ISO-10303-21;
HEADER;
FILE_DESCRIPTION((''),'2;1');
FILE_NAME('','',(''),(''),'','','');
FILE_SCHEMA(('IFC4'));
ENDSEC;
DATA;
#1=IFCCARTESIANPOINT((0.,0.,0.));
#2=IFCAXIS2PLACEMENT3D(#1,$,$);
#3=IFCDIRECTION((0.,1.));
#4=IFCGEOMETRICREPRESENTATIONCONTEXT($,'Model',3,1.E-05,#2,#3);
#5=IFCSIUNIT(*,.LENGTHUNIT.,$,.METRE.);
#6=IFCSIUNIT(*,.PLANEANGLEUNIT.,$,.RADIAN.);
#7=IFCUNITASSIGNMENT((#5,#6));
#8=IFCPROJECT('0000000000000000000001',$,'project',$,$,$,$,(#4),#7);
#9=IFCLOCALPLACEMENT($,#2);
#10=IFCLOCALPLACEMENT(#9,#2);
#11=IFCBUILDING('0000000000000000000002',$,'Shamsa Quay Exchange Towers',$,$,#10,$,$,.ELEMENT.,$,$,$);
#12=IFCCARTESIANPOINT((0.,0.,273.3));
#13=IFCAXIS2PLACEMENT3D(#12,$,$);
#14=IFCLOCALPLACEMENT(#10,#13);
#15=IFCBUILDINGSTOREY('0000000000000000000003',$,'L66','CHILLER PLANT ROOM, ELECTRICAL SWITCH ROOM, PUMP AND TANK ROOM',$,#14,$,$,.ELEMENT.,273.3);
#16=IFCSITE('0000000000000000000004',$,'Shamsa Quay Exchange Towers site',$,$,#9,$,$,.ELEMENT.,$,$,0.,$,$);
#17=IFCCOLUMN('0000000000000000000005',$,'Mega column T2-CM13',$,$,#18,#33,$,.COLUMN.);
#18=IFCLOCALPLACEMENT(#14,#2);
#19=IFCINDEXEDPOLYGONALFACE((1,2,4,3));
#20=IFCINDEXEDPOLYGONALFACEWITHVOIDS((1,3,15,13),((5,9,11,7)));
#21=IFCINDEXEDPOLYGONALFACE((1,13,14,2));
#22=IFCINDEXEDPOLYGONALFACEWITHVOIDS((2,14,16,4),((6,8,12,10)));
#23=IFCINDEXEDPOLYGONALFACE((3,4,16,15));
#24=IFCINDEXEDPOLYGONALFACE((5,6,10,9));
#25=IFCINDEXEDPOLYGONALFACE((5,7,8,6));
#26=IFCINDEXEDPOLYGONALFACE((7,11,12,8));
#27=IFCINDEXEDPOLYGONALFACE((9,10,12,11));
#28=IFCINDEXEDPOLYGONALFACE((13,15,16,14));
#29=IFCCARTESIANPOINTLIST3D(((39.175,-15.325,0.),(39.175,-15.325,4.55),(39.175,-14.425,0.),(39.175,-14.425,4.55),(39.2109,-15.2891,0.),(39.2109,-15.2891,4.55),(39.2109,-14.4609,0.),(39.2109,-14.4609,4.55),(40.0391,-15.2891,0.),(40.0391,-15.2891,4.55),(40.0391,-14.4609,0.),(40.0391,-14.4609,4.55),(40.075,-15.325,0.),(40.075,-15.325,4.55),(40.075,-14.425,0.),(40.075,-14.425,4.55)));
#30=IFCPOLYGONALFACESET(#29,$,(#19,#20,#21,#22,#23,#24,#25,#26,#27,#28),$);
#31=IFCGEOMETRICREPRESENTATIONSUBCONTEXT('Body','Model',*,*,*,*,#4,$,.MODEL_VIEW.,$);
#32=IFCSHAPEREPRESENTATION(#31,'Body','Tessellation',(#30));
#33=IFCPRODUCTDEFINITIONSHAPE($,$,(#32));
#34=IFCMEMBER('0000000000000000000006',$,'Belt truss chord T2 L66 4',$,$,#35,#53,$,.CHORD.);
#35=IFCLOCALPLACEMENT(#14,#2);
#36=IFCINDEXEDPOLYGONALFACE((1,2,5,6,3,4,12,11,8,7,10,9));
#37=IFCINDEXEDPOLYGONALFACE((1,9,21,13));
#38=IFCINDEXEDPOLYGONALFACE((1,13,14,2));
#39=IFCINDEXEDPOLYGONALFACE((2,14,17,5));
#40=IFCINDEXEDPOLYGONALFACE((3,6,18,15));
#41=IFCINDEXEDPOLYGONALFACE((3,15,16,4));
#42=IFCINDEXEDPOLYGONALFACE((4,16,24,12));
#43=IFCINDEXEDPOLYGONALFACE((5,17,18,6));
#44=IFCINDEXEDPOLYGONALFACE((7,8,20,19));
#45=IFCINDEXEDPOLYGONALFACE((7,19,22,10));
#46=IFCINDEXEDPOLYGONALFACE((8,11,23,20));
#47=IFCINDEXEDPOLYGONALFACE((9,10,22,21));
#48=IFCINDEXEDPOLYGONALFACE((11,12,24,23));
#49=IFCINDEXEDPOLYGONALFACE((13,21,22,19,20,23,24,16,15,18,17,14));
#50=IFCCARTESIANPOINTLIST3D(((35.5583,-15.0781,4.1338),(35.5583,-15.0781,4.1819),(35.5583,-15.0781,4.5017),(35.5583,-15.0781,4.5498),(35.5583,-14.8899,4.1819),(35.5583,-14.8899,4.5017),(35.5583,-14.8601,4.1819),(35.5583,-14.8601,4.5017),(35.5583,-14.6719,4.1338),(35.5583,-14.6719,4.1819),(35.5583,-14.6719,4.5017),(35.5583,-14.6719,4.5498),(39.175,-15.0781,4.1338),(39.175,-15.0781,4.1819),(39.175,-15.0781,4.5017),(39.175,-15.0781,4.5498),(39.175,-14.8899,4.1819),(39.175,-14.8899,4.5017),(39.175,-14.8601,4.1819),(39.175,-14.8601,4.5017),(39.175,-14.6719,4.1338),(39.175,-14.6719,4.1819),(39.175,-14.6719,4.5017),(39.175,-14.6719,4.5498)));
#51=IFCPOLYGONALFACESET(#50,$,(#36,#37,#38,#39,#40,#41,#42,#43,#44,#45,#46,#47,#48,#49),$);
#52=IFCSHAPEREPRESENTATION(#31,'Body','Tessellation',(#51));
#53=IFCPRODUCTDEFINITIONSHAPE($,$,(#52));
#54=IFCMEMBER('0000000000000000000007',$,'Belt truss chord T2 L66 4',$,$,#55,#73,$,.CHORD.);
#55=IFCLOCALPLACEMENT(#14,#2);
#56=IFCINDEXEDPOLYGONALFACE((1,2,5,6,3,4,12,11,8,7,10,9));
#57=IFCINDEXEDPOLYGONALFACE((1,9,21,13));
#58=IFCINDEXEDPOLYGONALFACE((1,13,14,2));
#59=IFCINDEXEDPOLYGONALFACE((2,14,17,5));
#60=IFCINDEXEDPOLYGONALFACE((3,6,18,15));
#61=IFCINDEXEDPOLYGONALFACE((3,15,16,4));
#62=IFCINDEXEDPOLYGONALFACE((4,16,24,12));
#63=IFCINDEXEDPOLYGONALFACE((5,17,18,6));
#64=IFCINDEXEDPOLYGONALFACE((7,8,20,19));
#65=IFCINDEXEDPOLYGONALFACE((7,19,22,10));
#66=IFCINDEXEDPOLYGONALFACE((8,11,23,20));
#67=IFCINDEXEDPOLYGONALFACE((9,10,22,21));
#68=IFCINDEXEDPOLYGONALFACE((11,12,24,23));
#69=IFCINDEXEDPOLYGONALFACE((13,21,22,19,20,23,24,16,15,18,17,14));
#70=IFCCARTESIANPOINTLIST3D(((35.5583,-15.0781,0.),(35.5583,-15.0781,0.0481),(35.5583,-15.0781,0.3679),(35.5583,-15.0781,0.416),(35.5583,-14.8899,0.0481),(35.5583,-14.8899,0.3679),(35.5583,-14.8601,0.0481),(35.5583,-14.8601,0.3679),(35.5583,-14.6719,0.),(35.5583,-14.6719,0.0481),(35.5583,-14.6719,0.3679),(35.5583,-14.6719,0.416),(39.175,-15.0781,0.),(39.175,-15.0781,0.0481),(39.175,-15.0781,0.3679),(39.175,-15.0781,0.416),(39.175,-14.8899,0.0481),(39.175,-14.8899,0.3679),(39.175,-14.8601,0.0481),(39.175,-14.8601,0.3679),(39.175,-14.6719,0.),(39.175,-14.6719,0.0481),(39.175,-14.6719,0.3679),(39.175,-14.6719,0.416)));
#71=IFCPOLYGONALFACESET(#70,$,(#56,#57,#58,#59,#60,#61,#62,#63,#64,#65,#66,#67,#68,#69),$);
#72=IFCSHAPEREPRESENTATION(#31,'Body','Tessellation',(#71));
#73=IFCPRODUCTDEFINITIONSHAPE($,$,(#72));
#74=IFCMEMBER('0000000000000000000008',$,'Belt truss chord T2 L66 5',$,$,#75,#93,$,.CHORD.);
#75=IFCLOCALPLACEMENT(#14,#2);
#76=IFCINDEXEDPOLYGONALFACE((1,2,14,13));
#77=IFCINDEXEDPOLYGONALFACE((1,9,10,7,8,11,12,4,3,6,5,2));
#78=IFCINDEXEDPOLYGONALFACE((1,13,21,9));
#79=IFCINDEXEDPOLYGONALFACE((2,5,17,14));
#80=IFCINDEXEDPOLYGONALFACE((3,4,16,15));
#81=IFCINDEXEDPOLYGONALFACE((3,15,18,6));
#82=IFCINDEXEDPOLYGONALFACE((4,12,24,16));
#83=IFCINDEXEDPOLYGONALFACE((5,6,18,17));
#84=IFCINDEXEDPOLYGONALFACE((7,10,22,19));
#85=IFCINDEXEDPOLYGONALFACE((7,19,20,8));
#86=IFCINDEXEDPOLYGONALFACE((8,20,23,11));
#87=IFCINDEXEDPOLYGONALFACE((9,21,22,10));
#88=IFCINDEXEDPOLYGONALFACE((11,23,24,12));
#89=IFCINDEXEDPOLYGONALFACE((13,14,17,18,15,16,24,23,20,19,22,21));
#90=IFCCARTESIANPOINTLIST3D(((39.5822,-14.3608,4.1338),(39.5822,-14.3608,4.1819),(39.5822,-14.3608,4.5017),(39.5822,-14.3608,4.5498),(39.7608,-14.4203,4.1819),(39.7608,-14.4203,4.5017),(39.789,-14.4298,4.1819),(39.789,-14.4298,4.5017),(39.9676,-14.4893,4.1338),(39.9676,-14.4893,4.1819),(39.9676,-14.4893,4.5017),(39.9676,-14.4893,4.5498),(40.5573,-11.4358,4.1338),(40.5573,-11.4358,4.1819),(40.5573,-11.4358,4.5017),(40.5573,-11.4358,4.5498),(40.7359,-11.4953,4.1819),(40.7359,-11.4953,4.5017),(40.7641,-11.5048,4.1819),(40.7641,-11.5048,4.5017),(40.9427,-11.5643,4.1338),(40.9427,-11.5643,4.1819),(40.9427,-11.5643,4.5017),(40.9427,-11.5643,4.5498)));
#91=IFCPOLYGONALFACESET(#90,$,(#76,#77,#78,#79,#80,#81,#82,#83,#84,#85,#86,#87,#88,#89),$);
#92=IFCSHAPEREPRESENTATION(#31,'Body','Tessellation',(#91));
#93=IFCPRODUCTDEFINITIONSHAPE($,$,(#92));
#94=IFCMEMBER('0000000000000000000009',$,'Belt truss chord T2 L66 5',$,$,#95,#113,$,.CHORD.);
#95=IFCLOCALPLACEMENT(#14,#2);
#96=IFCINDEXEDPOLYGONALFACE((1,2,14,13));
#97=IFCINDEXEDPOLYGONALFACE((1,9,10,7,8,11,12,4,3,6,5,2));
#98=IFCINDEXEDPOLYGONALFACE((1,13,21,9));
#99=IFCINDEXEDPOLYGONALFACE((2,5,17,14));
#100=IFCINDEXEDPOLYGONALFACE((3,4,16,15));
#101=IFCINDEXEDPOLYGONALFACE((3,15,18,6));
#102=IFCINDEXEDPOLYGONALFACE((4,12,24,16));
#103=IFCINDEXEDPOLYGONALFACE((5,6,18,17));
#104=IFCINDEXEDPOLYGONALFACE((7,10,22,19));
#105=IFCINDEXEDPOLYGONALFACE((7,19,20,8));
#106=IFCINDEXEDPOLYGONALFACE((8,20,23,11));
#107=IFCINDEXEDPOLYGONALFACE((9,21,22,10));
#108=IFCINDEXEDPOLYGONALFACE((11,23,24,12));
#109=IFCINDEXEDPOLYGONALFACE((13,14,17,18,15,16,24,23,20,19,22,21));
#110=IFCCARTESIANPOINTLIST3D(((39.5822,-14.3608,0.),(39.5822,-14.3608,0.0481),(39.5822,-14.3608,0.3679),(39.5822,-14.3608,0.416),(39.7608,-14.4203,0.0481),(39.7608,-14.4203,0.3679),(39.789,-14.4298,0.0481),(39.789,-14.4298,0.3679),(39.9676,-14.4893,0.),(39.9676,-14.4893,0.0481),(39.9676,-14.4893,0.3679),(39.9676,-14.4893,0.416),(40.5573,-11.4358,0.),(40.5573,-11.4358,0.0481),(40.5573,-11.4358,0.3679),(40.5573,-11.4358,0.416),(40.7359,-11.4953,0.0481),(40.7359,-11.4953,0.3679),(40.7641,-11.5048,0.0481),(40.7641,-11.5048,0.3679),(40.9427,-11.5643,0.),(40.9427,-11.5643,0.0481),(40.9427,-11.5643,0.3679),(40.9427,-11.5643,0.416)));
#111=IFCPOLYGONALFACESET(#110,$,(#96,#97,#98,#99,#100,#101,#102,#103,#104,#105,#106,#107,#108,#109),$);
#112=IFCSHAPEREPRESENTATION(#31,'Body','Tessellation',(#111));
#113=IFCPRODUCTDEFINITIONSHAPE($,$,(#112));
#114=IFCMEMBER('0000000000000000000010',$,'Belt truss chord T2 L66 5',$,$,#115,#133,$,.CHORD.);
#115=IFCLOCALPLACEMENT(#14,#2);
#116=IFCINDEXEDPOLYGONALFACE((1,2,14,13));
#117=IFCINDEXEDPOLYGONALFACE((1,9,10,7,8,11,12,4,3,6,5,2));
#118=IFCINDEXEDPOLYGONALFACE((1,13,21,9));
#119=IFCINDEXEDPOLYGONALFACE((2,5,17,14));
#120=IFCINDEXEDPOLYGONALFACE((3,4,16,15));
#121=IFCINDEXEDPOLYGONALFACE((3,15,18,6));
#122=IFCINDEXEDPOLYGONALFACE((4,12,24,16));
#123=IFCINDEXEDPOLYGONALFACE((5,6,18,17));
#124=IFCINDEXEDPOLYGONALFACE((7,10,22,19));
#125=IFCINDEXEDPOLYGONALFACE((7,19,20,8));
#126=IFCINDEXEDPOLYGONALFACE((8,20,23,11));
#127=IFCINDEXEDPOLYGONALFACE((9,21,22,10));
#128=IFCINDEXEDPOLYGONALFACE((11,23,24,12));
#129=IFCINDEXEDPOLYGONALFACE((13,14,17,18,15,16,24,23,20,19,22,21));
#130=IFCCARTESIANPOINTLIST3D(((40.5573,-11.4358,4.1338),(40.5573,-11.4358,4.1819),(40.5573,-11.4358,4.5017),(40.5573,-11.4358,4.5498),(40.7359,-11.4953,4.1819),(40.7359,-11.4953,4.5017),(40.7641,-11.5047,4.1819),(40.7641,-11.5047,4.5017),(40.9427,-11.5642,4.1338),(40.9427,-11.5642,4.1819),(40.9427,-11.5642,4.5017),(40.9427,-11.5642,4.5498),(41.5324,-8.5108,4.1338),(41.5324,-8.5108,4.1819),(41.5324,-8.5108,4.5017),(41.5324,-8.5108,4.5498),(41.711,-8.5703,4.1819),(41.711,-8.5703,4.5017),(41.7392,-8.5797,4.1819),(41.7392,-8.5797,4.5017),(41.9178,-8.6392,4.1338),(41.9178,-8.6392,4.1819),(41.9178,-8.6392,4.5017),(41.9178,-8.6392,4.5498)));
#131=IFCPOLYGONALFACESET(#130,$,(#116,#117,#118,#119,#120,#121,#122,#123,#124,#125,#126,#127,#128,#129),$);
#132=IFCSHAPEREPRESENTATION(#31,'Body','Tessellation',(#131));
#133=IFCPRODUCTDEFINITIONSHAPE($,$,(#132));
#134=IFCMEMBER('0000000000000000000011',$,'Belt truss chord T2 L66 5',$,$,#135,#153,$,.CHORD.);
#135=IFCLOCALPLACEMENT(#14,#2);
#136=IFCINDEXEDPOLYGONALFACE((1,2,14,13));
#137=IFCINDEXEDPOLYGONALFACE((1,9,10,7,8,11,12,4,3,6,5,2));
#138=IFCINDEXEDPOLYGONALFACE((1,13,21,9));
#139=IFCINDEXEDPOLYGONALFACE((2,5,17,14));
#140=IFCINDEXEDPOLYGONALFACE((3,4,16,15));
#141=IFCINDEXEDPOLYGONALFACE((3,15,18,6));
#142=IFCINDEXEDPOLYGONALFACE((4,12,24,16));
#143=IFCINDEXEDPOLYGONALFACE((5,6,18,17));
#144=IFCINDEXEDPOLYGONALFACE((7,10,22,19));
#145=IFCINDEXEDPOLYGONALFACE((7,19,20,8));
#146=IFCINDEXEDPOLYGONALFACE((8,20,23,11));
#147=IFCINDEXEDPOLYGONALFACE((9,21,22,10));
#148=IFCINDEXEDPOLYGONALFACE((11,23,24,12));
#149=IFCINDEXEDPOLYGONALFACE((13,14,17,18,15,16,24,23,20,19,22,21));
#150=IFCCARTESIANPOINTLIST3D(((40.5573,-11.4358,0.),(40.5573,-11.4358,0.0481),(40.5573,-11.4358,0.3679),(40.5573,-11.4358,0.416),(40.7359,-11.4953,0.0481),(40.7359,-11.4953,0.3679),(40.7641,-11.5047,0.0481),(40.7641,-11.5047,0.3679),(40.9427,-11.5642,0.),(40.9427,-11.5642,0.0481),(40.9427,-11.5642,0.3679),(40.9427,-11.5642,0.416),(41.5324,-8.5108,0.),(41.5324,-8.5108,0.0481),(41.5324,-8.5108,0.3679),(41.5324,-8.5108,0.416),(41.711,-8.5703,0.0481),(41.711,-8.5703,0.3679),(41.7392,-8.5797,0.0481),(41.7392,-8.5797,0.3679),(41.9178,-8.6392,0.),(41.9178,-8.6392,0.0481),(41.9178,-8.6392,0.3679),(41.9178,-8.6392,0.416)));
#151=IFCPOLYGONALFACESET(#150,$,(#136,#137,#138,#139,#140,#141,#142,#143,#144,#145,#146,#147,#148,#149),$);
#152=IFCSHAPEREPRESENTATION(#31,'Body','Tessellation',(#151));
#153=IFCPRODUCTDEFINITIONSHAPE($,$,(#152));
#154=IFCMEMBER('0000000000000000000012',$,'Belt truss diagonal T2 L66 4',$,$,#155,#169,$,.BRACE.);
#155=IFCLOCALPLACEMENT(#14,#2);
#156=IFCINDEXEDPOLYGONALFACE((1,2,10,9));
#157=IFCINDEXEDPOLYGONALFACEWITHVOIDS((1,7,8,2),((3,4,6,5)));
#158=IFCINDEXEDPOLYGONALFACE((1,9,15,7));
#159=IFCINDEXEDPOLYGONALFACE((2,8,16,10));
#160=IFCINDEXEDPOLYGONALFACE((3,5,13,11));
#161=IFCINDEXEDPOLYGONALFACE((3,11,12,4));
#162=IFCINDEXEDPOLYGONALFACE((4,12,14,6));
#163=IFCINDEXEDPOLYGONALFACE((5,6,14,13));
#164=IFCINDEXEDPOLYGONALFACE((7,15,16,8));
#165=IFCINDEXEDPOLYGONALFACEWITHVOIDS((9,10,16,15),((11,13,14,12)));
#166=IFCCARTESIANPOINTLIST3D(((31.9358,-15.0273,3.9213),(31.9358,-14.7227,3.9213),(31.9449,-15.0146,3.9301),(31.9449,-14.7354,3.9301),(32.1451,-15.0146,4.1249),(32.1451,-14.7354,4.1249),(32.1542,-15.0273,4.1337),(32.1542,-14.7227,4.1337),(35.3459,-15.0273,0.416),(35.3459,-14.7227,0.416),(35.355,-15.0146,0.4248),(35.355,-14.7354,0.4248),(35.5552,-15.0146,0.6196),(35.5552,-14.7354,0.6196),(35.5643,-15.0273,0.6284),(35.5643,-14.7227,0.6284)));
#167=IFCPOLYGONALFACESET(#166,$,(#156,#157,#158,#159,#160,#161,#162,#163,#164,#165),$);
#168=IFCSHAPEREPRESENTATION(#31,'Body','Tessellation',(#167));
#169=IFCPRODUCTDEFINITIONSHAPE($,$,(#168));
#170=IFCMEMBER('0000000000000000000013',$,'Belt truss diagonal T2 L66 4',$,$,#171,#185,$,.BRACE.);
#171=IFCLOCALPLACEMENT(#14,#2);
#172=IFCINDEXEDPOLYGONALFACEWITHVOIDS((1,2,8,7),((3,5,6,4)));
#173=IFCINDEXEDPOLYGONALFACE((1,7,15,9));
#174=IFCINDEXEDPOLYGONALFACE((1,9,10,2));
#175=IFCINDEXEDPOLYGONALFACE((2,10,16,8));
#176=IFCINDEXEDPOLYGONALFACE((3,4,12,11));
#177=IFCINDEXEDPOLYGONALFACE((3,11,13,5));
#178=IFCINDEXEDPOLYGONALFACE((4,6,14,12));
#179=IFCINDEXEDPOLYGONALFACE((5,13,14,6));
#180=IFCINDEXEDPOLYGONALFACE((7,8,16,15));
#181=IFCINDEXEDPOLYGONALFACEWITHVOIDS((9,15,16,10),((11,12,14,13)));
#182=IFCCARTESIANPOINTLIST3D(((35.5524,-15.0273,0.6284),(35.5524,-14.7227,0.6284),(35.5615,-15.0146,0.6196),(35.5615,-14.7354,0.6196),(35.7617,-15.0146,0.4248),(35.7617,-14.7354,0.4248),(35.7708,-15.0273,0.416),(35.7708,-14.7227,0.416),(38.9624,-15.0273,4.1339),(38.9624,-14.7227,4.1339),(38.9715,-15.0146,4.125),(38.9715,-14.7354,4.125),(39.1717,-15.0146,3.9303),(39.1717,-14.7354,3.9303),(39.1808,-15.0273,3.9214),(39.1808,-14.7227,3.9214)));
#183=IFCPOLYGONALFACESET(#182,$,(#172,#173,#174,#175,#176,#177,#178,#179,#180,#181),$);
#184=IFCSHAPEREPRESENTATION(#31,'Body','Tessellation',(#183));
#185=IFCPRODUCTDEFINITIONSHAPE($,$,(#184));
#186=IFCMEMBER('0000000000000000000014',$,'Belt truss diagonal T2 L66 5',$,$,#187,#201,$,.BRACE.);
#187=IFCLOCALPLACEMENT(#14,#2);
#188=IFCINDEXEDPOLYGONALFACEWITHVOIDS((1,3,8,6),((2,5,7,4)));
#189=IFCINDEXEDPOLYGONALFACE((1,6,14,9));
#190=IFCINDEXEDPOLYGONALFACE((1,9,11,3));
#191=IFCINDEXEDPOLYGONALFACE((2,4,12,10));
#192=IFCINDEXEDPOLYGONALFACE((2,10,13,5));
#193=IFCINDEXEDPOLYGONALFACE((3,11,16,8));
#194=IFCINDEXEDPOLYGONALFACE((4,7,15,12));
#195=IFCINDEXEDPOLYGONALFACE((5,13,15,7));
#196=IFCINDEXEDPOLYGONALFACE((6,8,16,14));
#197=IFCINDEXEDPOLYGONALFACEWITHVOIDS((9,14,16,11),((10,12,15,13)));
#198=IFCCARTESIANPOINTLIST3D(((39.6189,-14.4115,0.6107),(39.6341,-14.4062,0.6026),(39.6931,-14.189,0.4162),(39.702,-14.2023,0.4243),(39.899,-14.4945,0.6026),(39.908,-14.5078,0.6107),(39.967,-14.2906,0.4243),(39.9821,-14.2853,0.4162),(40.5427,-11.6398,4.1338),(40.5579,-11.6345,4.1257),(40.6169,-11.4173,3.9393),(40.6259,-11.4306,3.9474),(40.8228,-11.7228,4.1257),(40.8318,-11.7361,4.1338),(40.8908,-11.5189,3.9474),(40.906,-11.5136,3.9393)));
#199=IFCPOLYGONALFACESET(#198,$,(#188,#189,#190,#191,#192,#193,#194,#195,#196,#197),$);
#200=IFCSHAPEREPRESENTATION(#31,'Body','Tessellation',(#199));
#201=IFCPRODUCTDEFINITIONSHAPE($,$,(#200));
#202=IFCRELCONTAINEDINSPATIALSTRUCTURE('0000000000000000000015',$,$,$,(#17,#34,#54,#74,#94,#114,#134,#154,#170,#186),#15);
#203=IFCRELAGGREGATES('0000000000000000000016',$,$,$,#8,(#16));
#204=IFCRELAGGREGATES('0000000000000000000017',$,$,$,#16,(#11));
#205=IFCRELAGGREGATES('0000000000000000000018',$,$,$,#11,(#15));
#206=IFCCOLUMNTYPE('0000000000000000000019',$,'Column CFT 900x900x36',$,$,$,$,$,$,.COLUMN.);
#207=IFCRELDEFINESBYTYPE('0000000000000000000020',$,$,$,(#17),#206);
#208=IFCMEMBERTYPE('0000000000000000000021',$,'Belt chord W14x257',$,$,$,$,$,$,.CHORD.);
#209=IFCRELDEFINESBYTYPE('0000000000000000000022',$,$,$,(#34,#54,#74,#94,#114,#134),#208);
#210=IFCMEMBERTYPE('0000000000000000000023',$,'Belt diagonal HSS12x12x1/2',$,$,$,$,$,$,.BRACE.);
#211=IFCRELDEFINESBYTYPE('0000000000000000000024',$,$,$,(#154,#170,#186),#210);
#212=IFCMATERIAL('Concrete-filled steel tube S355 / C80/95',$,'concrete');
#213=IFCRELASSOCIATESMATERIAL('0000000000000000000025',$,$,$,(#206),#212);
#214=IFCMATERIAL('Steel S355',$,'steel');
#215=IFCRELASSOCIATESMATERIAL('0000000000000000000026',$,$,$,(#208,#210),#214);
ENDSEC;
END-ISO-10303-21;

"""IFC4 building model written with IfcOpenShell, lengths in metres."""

from ifc_helpers import new_model, si_unit, direction, frame, origin, origin_2d, place, context, subcontext, project, spatial, hollow_rectangle, i_section, extrude, material, material_profile, profile_set, type_object, element, save


model = new_model("IFC4")

# Units and contexts
model_context = context("Model", 3, precision=1e-05, world=origin(), true_north=direction((0.0, 1.0)))
body_context = subcontext(model_context, "Body", "Model", "MODEL_VIEW")
ifc_project = project(units=[si_unit("LENGTHUNIT", "METRE"), si_unit("PLANEANGLEUNIT", "RADIAN")], contexts=[model_context])

# Site, building, storey
site_placement = place(None, origin())
site = spatial("IfcSite", under=ifc_project, at=site_placement, Name="Shamsa Quay Exchange Towers site", CompositionType="ELEMENT", RefElevation=0.0)
building_placement = place(site_placement, origin())
building = spatial("IfcBuilding", under=site, at=building_placement, Name="Shamsa Quay Exchange Towers", CompositionType="ELEMENT")
storey_placement = place(building_placement, frame((0.0, 0.0, 273.3)))
storey = spatial("IfcBuildingStorey", under=building, at=storey_placement, Name="L66", Description="CHILLER PLANT ROOM, ELECTRICAL SWITCH ROOM, PUMP AND TANK ROOM", CompositionType="ELEMENT", Elevation=273.3)

# Column
ifc_material_1 = material(Name="Concrete-filled steel tube S355 / C80/95", Category="concrete")
ifc_material_profile_1 = material_profile(ifc_material_1, hollow_rectangle(XDim=0.8999, YDim=0.8999, WallThickness=0.0359, at=origin_2d()), Name="CFT 900x900x36")
ifc_profile_set_1 = profile_set([ifc_material_profile_1], Name="Concrete-filled steel tube S355 / C80/95")
column_type = type_object("IfcColumnType", Name="Column CFT 900x900x36", PredefinedType="COLUMN", material=ifc_profile_set_1)
column_placement = place(storey_placement, frame((39.625, -14.875, 0.0)))
element("IfcColumn", 1, at=column_placement, inside=storey, type_object=column_type, Name="Mega column T2-CM13", PredefinedType="COLUMN", context=body_context, shape_type="SweptSolid", body=[
    extrude(hollow_rectangle(XDim=0.8999, YDim=0.8999, WallThickness=0.0359, at=origin_2d()), origin(), (0.0, 0.0, 1.0), 4.55),
])

# Members
ifc_material_2 = material(Name="Steel S355", Category="steel")
ifc_material_profile_2 = material_profile(ifc_material_2, i_section(OverallWidth=0.4062, OverallDepth=0.416, WebThickness=0.0298, FlangeThickness=0.0481, at=origin_2d()), Name="W14x257")
ifc_profile_set_2 = profile_set([ifc_material_profile_2], Name="Steel S355")
member_type_1 = type_object("IfcMemberType", Name="Belt chord W14x257", PredefinedType="CHORD", material=ifc_profile_set_2)
for number, where, z_axis, x_axis, name in (
    (2, (35.5583, -14.875, 4.3418), (1.0, 0.0, 0.0), (0.0, 1.0, 0.0), "Belt truss chord T2 L66 4"),
    (3, (35.5583, -14.875, 0.208), (1.0, 0.0, 0.0), (0.0, 1.0, 0.0), "Belt truss chord T2 L66 4"),
):
    element("IfcMember", number, at=place(storey_placement, frame(where, z_axis=z_axis, x_axis=x_axis)), inside=storey, type_object=member_type_1, Name=name, PredefinedType="CHORD", context=body_context, shape_type="SweptSolid", body=[
        extrude(i_section(OverallWidth=0.4062, OverallDepth=0.416, WebThickness=0.0298, FlangeThickness=0.0481, at=origin_2d()), origin(), (0.0, 0.0, 1.0), 3.6167),
    ])
for number, where, z_axis, x_axis, name in (
    (4, (39.7749, -14.425, 4.3418), (0.316252, 0.948675, 0.0), (-0.948675, 0.316252, 0.0), "Belt truss chord T2 L66 5"),
    (5, (39.7749, -14.425, 0.208), (0.316252, 0.948675, 0.0), (-0.948675, 0.316252, 0.0), "Belt truss chord T2 L66 5"),
    (6, (40.75, -11.5, 4.3418), (0.316252, 0.948675, 0.0), (-0.948675, 0.316252, 0.0), "Belt truss chord T2 L66 5"),
    (7, (40.75, -11.5, 0.208), (0.316252, 0.948675, 0.0), (-0.948675, 0.316252, 0.0), "Belt truss chord T2 L66 5"),
):
    element("IfcMember", number, at=place(storey_placement, frame(where, z_axis=z_axis, x_axis=x_axis)), inside=storey, type_object=member_type_1, Name=name, PredefinedType="CHORD", context=body_context, shape_type="SweptSolid", body=[
        extrude(i_section(OverallWidth=0.4062, OverallDepth=0.416, WebThickness=0.0298, FlangeThickness=0.0481, at=origin_2d()), origin(), (0.0, 0.0, 1.0), 3.0833),
    ])
ifc_material_profile_3 = material_profile(ifc_material_2, hollow_rectangle(XDim=0.3047, YDim=0.3047, WallThickness=0.0127, at=origin_2d()), Name="HSS12x12x1/2")
ifc_profile_set_3 = profile_set([ifc_material_profile_3], Name="Steel S355")
member_type_2 = type_object("IfcMemberType", Name="Belt diagonal HSS12x12x1/2", PredefinedType="BRACE", material=ifc_profile_set_3)
for number, where, z_axis, x_axis, name in (
    (8, (35.4551, -14.875, 0.5222), (-0.697305, 0.0, 0.716774), (0.0, -1.0, 0.0), "Belt truss diagonal T2 L66 4"),
    (9, (35.6616, -14.875, 0.5222), (0.697279, 0.0, 0.716799), (0.0, 1.0, 0.0), "Belt truss diagonal T2 L66 4"),
):
    element("IfcMember", number, at=place(storey_placement, frame(where, z_axis=z_axis, x_axis=x_axis)), inside=storey, type_object=member_type_2, Name=name, PredefinedType="BRACE", context=body_context, shape_type="SweptSolid", body=[
        extrude(hollow_rectangle(XDim=0.3047, YDim=0.3047, WallThickness=0.0127, at=origin_2d()), origin(), (0.0, 0.0, 1.0), 4.8904),
    ])
member_placement = place(storey_placement, frame((39.8005, -14.3484, 0.5134), z_axis=(0.201842, 0.605579, 0.769762), x_axis=(-0.948692, 0.316203, 0.0)))
element("IfcMember", 10, at=member_placement, inside=storey, type_object=member_type_2, Name="Belt truss diagonal T2 L66 5", PredefinedType="BRACE", context=body_context, shape_type="SweptSolid", body=[
    extrude(hollow_rectangle(XDim=0.3047, YDim=0.3047, WallThickness=0.0127, at=origin_2d()), origin(), (0.0, 0.0, 1.0), 4.5769),
])

save(model, "model.ifc")
